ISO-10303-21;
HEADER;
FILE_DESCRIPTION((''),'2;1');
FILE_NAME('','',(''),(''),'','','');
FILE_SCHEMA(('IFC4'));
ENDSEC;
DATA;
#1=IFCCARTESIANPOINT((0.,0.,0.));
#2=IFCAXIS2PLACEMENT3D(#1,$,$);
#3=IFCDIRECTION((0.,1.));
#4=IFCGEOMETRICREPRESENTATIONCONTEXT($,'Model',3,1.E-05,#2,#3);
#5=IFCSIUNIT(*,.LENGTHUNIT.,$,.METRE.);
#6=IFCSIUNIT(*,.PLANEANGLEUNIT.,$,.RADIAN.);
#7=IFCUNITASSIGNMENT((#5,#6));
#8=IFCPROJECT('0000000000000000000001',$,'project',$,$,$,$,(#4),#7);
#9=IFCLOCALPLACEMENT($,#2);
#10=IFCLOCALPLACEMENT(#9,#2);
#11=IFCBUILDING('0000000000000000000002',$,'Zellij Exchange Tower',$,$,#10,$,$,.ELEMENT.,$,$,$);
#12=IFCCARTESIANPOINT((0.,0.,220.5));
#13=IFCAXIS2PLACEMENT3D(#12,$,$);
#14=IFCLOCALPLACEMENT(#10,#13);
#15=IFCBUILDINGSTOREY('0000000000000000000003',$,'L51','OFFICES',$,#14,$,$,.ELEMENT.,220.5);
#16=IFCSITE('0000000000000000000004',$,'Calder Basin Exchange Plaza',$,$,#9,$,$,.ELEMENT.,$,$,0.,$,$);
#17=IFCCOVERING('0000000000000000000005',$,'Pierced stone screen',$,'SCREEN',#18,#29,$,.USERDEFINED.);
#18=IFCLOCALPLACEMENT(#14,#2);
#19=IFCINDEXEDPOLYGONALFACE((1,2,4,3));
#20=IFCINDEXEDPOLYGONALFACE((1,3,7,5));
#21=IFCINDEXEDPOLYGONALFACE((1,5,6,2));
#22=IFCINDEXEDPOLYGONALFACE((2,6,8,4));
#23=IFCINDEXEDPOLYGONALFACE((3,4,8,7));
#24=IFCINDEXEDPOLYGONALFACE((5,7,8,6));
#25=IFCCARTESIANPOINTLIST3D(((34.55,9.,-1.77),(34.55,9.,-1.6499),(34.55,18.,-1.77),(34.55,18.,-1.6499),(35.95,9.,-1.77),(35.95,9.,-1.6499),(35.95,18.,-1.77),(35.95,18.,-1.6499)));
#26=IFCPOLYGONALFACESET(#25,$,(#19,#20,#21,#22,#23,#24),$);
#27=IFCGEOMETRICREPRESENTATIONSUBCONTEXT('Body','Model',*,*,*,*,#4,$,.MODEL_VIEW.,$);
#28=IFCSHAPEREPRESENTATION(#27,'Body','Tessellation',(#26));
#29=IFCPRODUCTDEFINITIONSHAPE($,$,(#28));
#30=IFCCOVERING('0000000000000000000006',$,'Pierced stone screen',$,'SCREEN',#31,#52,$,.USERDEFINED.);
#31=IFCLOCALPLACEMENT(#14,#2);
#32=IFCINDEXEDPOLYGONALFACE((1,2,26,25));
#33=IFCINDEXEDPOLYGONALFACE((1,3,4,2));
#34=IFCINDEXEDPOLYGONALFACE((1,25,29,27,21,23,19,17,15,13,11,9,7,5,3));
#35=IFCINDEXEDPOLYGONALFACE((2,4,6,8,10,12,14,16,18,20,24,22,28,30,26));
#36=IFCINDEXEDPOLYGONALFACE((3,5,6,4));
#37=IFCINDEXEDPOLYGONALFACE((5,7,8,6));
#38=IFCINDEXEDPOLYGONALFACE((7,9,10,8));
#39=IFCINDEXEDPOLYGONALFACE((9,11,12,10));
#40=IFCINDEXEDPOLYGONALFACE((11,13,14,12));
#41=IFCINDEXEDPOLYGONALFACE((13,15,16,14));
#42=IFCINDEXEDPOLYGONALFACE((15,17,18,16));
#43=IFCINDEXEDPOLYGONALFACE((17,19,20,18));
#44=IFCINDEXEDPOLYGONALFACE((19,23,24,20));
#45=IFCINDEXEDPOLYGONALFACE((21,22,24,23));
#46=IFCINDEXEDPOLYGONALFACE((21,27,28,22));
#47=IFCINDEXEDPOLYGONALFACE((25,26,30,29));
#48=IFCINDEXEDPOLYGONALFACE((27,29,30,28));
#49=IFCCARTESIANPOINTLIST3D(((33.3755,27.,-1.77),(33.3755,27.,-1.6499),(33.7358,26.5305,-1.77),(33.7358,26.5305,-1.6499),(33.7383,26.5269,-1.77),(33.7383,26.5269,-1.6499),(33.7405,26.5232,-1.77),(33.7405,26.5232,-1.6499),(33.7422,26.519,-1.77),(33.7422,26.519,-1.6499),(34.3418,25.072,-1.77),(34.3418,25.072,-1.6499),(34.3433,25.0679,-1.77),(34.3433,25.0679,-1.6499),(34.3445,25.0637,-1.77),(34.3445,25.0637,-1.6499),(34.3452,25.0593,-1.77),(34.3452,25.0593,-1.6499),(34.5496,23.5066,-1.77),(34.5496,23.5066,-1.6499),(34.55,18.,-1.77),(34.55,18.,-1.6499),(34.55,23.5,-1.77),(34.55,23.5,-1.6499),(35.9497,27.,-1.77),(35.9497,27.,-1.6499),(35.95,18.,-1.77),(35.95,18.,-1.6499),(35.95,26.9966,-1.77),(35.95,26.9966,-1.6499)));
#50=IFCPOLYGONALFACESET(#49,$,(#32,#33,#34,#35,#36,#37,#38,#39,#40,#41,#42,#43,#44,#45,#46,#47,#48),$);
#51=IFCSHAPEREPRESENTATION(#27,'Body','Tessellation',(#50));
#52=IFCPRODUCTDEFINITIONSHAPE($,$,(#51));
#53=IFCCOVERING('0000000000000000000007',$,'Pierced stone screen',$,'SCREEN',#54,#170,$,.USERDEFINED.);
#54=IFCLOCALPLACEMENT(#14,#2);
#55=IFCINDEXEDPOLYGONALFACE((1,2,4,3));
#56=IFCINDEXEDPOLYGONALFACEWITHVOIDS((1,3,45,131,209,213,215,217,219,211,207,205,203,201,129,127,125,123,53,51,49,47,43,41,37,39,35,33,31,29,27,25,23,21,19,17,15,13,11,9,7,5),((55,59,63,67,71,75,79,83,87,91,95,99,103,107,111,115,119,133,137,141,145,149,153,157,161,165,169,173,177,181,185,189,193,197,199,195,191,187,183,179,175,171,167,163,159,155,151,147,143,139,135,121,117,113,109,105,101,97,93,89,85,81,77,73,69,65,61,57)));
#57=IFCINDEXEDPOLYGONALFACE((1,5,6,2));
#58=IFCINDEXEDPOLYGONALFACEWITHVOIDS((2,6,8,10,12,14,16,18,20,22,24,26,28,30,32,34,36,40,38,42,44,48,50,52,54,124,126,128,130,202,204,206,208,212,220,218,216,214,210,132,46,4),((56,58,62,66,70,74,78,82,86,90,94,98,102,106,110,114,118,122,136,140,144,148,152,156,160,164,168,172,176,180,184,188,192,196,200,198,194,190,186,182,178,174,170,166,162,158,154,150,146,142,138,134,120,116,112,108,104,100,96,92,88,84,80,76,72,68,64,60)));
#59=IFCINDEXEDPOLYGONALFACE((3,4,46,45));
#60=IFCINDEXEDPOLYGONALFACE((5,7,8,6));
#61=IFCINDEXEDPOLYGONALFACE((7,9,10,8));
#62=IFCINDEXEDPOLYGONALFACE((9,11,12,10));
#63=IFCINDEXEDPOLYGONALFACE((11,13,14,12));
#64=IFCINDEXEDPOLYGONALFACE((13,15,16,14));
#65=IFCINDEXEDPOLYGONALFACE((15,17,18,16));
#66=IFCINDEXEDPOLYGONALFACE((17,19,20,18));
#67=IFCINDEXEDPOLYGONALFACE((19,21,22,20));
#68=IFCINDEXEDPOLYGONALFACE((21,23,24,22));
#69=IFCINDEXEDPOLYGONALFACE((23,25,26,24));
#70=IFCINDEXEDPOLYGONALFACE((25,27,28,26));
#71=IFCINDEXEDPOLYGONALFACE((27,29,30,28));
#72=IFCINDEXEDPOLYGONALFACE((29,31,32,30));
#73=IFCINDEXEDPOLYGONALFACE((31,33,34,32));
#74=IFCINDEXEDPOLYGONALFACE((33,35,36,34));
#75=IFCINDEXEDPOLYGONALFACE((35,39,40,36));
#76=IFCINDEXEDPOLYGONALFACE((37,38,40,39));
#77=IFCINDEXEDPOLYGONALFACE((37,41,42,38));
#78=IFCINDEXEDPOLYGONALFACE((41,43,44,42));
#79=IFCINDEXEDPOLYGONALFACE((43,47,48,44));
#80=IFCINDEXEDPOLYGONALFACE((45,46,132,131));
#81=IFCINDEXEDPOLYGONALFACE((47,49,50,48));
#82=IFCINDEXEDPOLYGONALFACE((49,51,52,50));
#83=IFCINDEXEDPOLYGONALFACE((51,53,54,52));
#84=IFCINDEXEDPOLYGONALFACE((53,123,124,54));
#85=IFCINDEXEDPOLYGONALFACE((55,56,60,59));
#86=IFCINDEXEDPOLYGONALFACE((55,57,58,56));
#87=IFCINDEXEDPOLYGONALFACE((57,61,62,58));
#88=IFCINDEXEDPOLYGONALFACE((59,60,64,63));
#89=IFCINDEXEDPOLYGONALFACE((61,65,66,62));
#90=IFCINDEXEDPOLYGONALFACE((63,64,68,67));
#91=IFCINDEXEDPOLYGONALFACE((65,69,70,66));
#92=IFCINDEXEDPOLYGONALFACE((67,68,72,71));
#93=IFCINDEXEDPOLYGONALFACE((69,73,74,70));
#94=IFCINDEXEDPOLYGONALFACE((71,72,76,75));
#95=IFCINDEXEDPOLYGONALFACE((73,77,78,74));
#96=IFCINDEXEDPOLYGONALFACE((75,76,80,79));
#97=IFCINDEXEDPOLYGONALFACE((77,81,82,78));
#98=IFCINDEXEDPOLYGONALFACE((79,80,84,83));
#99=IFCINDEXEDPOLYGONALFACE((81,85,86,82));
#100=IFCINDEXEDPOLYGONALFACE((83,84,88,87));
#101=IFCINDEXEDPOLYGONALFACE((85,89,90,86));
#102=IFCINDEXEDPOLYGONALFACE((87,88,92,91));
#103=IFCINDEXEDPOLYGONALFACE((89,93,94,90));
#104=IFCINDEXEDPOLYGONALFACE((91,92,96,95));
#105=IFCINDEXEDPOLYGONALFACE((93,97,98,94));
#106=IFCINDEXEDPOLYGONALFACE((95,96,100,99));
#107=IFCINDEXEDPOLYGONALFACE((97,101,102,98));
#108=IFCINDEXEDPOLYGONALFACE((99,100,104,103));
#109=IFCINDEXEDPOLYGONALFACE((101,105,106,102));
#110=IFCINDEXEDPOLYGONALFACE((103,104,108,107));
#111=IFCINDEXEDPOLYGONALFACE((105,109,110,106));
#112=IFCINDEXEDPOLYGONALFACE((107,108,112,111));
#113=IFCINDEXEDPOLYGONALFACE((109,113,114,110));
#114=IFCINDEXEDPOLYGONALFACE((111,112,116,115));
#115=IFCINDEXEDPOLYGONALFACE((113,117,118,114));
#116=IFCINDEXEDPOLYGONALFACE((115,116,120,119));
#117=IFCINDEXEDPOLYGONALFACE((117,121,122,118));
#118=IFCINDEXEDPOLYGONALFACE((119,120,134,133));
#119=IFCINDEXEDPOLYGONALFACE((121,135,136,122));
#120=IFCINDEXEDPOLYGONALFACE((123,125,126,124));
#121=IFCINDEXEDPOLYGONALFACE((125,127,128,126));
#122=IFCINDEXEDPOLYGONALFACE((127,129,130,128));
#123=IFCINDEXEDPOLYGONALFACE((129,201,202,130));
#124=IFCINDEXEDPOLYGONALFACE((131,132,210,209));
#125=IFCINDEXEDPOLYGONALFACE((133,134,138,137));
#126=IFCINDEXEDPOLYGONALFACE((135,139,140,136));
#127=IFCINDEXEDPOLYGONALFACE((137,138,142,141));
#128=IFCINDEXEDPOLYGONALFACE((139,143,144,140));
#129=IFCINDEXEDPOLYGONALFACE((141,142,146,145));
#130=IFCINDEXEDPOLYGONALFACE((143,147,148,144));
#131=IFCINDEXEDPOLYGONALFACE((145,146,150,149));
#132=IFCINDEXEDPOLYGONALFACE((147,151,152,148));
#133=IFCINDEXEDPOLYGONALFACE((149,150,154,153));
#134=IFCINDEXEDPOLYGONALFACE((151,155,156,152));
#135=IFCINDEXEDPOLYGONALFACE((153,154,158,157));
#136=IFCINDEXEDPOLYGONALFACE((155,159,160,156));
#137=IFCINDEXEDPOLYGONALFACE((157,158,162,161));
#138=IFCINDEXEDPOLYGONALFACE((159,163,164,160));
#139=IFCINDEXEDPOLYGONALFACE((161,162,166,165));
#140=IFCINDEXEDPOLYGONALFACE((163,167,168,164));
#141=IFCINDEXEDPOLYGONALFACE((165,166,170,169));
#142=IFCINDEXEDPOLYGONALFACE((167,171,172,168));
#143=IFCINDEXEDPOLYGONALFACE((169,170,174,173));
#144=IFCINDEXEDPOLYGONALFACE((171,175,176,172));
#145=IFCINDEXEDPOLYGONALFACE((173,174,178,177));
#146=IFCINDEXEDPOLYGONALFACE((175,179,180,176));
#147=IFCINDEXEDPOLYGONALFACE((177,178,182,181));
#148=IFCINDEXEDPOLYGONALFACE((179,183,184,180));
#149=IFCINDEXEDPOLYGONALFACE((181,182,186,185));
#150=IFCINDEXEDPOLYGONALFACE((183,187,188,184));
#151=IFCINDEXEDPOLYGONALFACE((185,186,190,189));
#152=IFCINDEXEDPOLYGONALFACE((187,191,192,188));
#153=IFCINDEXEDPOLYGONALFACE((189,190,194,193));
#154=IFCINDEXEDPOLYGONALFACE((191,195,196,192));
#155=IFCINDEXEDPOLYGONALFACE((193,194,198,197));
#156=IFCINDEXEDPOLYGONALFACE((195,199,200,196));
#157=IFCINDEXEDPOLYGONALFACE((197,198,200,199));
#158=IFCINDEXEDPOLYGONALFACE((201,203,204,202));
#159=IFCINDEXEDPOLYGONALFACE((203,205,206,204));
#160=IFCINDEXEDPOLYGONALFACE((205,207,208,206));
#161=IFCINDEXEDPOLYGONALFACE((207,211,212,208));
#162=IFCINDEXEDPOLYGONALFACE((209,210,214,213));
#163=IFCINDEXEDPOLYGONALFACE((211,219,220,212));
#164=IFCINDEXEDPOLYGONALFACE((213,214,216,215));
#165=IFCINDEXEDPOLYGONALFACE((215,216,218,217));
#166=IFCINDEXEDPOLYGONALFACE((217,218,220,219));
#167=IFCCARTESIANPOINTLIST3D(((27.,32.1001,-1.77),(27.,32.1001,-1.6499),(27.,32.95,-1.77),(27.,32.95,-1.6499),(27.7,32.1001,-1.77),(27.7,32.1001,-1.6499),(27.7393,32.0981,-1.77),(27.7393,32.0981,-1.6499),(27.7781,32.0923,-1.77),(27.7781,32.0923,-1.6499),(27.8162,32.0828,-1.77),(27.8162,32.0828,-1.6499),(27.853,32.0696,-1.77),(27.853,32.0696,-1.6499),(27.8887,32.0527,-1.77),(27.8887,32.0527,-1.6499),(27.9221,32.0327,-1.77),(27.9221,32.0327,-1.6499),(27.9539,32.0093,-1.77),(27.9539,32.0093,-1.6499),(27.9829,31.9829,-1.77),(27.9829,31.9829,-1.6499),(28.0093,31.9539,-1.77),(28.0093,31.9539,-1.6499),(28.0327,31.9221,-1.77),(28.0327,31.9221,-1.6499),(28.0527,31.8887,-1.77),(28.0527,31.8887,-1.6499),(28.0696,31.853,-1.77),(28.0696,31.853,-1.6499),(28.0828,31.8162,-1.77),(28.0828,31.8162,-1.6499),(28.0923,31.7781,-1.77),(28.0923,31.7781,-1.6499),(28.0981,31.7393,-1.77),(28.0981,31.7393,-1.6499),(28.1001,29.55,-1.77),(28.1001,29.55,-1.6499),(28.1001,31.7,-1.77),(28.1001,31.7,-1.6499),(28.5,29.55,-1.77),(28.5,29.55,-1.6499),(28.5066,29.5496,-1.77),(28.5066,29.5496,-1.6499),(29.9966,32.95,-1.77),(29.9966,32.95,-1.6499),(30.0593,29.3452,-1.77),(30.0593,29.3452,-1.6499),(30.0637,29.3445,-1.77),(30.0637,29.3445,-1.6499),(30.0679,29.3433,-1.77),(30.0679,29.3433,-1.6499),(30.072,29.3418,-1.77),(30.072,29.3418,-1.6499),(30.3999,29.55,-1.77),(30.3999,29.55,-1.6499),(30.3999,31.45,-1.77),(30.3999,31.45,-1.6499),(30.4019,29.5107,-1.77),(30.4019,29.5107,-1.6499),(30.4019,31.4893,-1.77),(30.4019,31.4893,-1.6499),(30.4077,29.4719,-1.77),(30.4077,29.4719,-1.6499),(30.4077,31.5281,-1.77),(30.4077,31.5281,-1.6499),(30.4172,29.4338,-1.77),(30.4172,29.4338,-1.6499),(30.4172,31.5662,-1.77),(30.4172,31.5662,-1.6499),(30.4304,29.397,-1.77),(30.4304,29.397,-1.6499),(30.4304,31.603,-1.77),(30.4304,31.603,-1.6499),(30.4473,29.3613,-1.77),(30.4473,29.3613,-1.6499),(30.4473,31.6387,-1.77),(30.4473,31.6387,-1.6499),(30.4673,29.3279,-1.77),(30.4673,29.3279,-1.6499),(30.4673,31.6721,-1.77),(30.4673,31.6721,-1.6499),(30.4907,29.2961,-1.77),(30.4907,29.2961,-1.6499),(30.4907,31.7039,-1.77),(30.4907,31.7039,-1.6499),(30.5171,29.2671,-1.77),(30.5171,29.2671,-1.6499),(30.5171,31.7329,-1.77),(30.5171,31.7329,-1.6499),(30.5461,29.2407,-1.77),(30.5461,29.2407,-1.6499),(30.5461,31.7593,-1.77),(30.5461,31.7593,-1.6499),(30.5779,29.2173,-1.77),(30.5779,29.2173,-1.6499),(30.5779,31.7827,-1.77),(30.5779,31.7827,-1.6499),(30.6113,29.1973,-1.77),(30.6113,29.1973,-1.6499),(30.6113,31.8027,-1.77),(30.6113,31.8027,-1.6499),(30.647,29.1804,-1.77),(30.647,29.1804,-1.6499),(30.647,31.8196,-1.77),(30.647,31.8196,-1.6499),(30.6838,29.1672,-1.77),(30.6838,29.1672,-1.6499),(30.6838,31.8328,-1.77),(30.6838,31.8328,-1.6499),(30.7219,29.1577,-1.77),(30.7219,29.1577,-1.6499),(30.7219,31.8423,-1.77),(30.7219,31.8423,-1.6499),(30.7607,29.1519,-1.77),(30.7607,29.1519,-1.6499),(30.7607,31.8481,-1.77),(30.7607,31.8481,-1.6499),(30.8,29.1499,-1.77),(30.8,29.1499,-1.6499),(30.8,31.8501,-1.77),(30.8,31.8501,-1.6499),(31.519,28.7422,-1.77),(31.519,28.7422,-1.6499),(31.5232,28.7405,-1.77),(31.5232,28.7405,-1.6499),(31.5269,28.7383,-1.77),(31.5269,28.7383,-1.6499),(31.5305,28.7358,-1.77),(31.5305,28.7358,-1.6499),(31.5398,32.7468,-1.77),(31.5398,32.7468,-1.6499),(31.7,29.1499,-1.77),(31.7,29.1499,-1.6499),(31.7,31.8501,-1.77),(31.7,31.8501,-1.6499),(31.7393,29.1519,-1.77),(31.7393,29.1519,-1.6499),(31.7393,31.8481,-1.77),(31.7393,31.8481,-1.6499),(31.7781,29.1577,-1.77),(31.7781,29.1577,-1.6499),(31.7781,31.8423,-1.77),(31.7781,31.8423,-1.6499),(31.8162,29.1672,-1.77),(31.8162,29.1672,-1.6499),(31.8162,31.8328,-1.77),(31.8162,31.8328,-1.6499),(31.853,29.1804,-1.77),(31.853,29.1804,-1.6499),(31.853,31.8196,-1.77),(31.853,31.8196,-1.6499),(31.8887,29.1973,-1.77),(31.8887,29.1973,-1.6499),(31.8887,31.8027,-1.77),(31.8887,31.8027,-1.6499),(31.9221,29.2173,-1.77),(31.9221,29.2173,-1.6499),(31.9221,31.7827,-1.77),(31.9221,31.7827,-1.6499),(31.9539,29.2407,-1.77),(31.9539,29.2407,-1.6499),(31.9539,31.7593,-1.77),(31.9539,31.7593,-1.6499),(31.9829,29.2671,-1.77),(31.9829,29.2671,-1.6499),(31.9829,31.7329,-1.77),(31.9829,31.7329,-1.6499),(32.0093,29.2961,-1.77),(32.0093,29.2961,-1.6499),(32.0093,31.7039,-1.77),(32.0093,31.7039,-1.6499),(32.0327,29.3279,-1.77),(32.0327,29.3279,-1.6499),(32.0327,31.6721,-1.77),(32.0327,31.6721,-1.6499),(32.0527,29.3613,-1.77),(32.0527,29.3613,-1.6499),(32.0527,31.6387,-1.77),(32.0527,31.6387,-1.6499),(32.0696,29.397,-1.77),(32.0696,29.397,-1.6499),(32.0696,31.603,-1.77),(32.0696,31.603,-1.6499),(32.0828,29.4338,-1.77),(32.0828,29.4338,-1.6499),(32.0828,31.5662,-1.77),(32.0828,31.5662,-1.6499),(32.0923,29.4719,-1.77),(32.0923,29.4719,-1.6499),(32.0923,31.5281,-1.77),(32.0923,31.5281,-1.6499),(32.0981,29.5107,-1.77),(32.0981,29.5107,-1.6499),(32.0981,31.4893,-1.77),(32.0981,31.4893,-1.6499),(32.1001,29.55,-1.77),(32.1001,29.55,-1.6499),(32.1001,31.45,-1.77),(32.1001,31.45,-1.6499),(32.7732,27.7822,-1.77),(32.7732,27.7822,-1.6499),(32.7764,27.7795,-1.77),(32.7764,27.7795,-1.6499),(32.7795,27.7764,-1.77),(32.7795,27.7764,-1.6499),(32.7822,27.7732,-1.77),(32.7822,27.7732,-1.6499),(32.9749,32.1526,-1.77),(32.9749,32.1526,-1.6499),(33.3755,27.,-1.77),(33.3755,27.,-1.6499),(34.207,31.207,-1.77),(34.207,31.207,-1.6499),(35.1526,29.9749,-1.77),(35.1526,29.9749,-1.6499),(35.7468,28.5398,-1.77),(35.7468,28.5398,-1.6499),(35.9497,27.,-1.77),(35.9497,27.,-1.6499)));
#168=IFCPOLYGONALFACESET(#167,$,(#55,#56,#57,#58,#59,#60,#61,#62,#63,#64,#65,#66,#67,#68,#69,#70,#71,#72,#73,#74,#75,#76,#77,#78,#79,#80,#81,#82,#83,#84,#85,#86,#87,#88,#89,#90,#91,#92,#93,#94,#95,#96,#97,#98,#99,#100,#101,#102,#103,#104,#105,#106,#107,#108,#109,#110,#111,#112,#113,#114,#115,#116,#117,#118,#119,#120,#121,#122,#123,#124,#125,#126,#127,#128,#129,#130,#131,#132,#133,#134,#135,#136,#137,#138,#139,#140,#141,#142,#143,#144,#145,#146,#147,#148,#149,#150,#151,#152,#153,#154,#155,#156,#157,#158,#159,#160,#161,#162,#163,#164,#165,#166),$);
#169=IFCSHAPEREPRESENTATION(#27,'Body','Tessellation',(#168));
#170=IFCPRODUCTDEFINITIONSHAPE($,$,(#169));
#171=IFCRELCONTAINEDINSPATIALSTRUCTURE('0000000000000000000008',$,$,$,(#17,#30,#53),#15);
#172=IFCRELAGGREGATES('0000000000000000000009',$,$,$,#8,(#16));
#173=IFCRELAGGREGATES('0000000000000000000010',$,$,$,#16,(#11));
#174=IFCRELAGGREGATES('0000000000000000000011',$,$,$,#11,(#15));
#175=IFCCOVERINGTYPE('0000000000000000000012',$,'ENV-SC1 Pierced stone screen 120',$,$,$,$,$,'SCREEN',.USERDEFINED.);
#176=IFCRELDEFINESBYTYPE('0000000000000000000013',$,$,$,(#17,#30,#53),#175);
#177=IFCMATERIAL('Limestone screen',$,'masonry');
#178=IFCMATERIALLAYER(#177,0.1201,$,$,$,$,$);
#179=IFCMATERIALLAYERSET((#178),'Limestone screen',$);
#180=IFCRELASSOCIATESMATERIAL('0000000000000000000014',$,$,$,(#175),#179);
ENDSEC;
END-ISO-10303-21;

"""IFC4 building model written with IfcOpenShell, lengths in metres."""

from ifc_helpers import new_model, si_unit, direction, frame, origin, place, context, subcontext, project, spatial, polyline, outline, extrude, material, layer, layer_set, type_object, element, save


model = new_model("IFC4")

# Units and contexts
model_context = context("Model", 3, precision=1e-05, world=origin(), true_north=direction((0.0, 1.0)))
body_context = subcontext(model_context, "Body", "Model", "MODEL_VIEW")
ifc_project = project(units=[si_unit("LENGTHUNIT", "METRE"), si_unit("PLANEANGLEUNIT", "RADIAN")], contexts=[model_context])

# Site, building, storey
site_placement = place(None, origin())
site = spatial("IfcSite", under=ifc_project, at=site_placement, Name="Calder Basin Exchange Plaza", CompositionType="ELEMENT", RefElevation=0.0)
building_placement = place(site_placement, origin())
building = spatial("IfcBuilding", under=site, at=building_placement, Name="Zellij Exchange Tower", CompositionType="ELEMENT")
storey_placement = place(building_placement, frame((0.0, 0.0, 220.5)))
storey = spatial("IfcBuildingStorey", under=building, at=storey_placement, Name="L51", Description="OFFICES", CompositionType="ELEMENT", Elevation=220.5)

# Coverings
ifc_material_1 = material(Name="Limestone screen", Category="masonry")
ifc_layer_1 = layer(ifc_material_1, 0.1201)
ifc_layer_set_1 = layer_set([ifc_layer_1], Name="Limestone screen")
covering_type = type_object("IfcCoveringType", Name="ENV-SC1 Pierced stone screen 120", ElementType="SCREEN", PredefinedType="USERDEFINED", material=ifc_layer_set_1)
covering_1_placement = place(storey_placement, frame((0.0, 0.0, -1.77)))
element("IfcCovering", 1, at=covering_1_placement, inside=storey, type_object=covering_type, Name="Pierced stone screen", ObjectType="SCREEN", PredefinedType="USERDEFINED", context=body_context, shape_type="SweptSolid", body=[
    extrude(outline(polyline([(35.95, 9.0), (34.55, 9.0), (34.55, 18.0), (35.95, 18.0), (35.95, 9.0)])), origin(), (0.0, 0.0, 1.0), 0.1201),
])
covering_2_placement = place(storey_placement, frame((0.0, 0.0, -1.77)))
element("IfcCovering", 2, at=covering_2_placement, inside=storey, type_object=covering_type, Name="Pierced stone screen", ObjectType="SCREEN", PredefinedType="USERDEFINED", context=body_context, shape_type="SweptSolid", body=[
    extrude(outline(polyline([(35.95, 26.9966), (35.95, 18.0), (34.55, 18.0), (34.55, 23.5), (34.5496, 23.5066), (34.3452, 25.0593), (34.3445, 25.0637), (34.3433, 25.0679), (34.3418, 25.072), (33.7422, 26.519), (33.7405, 26.5232), (33.7383, 26.5269), (33.7358, 26.5305), (33.3755, 27.0), (35.9497, 27.0), (35.95, 26.9966)])), origin(), (0.0, 0.0, 1.0), 0.1201),
])
covering_3_placement = place(storey_placement, frame((0.0, 0.0, -1.77)))
element("IfcCovering", 3, at=covering_3_placement, inside=storey, type_object=covering_type, Name="Pierced stone screen", ObjectType="SCREEN", PredefinedType="USERDEFINED", context=body_context, shape_type="SweptSolid", body=[
    extrude(outline(polyline([(29.9966, 32.95), (31.5398, 32.7468), (32.9749, 32.1526), (34.207, 31.207), (35.1526, 29.9749), (35.7468, 28.5398), (35.9497, 27.0), (33.3755, 27.0), (32.7822, 27.7732), (32.7795, 27.7764), (32.7764, 27.7795), (32.7732, 27.7822), (31.5305, 28.7358), (31.5269, 28.7383), (31.5232, 28.7405), (31.519, 28.7422), (30.072, 29.3418), (30.0679, 29.3433), (30.0637, 29.3445), (30.0593, 29.3452), (28.5066, 29.5496), (28.5, 29.55), (28.1001, 29.55), (28.1001, 31.7), (28.0981, 31.7393), (28.0923, 31.7781), (28.0828, 31.8162), (28.0696, 31.853), (28.0527, 31.8887), (28.0327, 31.9221), (28.0093, 31.9539), (27.9829, 31.9829), (27.9539, 32.0093), (27.9221, 32.0327), (27.8887, 32.0527), (27.853, 32.0696), (27.8162, 32.0828), (27.7781, 32.0923), (27.7393, 32.0981), (27.7, 32.1001), (27.0, 32.1001), (27.0, 32.95), (29.9966, 32.95)]), holes=[polyline([(30.6113, 29.1973), (30.647, 29.1804), (30.6838, 29.1672), (30.7219, 29.1577), (30.7607, 29.1519), (30.8, 29.1499), (31.7, 29.1499), (31.7393, 29.1519), (31.7781, 29.1577), (31.8162, 29.1672), (31.853, 29.1804), (31.8887, 29.1973), (31.9221, 29.2173), (31.9539, 29.2407), (31.9829, 29.2671), (32.0093, 29.2961), (32.0327, 29.3279), (32.0527, 29.3613), (32.0696, 29.397), (32.0828, 29.4338), (32.0923, 29.4719), (32.0981, 29.5107), (32.1001, 29.55), (32.1001, 31.45), (32.0981, 31.4893), (32.0923, 31.5281), (32.0828, 31.5662), (32.0696, 31.603), (32.0527, 31.6387), (32.0327, 31.6721), (32.0093, 31.7039), (31.9829, 31.7329), (31.9539, 31.7593), (31.9221, 31.7827), (31.8887, 31.8027), (31.853, 31.8196), (31.8162, 31.8328), (31.7781, 31.8423), (31.7393, 31.8481), (31.7, 31.8501), (30.8, 31.8501), (30.7607, 31.8481), (30.7219, 31.8423), (30.6838, 31.8328), (30.647, 31.8196), (30.6113, 31.8027), (30.5779, 31.7827), (30.5461, 31.7593), (30.5171, 31.7329), (30.4907, 31.7039), (30.4673, 31.6721), (30.4473, 31.6387), (30.4304, 31.603), (30.4172, 31.5662), (30.4077, 31.5281), (30.4019, 31.4893), (30.3999, 31.45), (30.3999, 29.55), (30.4019, 29.5107), (30.4077, 29.4719), (30.4172, 29.4338), (30.4304, 29.397), (30.4473, 29.3613), (30.4673, 29.3279), (30.4907, 29.2961), (30.5171, 29.2671), (30.5461, 29.2407), (30.5779, 29.2173), (30.6113, 29.1973)])]), origin(), (0.0, 0.0, 1.0), 0.1201),
])

save(model, "model.ifc")
